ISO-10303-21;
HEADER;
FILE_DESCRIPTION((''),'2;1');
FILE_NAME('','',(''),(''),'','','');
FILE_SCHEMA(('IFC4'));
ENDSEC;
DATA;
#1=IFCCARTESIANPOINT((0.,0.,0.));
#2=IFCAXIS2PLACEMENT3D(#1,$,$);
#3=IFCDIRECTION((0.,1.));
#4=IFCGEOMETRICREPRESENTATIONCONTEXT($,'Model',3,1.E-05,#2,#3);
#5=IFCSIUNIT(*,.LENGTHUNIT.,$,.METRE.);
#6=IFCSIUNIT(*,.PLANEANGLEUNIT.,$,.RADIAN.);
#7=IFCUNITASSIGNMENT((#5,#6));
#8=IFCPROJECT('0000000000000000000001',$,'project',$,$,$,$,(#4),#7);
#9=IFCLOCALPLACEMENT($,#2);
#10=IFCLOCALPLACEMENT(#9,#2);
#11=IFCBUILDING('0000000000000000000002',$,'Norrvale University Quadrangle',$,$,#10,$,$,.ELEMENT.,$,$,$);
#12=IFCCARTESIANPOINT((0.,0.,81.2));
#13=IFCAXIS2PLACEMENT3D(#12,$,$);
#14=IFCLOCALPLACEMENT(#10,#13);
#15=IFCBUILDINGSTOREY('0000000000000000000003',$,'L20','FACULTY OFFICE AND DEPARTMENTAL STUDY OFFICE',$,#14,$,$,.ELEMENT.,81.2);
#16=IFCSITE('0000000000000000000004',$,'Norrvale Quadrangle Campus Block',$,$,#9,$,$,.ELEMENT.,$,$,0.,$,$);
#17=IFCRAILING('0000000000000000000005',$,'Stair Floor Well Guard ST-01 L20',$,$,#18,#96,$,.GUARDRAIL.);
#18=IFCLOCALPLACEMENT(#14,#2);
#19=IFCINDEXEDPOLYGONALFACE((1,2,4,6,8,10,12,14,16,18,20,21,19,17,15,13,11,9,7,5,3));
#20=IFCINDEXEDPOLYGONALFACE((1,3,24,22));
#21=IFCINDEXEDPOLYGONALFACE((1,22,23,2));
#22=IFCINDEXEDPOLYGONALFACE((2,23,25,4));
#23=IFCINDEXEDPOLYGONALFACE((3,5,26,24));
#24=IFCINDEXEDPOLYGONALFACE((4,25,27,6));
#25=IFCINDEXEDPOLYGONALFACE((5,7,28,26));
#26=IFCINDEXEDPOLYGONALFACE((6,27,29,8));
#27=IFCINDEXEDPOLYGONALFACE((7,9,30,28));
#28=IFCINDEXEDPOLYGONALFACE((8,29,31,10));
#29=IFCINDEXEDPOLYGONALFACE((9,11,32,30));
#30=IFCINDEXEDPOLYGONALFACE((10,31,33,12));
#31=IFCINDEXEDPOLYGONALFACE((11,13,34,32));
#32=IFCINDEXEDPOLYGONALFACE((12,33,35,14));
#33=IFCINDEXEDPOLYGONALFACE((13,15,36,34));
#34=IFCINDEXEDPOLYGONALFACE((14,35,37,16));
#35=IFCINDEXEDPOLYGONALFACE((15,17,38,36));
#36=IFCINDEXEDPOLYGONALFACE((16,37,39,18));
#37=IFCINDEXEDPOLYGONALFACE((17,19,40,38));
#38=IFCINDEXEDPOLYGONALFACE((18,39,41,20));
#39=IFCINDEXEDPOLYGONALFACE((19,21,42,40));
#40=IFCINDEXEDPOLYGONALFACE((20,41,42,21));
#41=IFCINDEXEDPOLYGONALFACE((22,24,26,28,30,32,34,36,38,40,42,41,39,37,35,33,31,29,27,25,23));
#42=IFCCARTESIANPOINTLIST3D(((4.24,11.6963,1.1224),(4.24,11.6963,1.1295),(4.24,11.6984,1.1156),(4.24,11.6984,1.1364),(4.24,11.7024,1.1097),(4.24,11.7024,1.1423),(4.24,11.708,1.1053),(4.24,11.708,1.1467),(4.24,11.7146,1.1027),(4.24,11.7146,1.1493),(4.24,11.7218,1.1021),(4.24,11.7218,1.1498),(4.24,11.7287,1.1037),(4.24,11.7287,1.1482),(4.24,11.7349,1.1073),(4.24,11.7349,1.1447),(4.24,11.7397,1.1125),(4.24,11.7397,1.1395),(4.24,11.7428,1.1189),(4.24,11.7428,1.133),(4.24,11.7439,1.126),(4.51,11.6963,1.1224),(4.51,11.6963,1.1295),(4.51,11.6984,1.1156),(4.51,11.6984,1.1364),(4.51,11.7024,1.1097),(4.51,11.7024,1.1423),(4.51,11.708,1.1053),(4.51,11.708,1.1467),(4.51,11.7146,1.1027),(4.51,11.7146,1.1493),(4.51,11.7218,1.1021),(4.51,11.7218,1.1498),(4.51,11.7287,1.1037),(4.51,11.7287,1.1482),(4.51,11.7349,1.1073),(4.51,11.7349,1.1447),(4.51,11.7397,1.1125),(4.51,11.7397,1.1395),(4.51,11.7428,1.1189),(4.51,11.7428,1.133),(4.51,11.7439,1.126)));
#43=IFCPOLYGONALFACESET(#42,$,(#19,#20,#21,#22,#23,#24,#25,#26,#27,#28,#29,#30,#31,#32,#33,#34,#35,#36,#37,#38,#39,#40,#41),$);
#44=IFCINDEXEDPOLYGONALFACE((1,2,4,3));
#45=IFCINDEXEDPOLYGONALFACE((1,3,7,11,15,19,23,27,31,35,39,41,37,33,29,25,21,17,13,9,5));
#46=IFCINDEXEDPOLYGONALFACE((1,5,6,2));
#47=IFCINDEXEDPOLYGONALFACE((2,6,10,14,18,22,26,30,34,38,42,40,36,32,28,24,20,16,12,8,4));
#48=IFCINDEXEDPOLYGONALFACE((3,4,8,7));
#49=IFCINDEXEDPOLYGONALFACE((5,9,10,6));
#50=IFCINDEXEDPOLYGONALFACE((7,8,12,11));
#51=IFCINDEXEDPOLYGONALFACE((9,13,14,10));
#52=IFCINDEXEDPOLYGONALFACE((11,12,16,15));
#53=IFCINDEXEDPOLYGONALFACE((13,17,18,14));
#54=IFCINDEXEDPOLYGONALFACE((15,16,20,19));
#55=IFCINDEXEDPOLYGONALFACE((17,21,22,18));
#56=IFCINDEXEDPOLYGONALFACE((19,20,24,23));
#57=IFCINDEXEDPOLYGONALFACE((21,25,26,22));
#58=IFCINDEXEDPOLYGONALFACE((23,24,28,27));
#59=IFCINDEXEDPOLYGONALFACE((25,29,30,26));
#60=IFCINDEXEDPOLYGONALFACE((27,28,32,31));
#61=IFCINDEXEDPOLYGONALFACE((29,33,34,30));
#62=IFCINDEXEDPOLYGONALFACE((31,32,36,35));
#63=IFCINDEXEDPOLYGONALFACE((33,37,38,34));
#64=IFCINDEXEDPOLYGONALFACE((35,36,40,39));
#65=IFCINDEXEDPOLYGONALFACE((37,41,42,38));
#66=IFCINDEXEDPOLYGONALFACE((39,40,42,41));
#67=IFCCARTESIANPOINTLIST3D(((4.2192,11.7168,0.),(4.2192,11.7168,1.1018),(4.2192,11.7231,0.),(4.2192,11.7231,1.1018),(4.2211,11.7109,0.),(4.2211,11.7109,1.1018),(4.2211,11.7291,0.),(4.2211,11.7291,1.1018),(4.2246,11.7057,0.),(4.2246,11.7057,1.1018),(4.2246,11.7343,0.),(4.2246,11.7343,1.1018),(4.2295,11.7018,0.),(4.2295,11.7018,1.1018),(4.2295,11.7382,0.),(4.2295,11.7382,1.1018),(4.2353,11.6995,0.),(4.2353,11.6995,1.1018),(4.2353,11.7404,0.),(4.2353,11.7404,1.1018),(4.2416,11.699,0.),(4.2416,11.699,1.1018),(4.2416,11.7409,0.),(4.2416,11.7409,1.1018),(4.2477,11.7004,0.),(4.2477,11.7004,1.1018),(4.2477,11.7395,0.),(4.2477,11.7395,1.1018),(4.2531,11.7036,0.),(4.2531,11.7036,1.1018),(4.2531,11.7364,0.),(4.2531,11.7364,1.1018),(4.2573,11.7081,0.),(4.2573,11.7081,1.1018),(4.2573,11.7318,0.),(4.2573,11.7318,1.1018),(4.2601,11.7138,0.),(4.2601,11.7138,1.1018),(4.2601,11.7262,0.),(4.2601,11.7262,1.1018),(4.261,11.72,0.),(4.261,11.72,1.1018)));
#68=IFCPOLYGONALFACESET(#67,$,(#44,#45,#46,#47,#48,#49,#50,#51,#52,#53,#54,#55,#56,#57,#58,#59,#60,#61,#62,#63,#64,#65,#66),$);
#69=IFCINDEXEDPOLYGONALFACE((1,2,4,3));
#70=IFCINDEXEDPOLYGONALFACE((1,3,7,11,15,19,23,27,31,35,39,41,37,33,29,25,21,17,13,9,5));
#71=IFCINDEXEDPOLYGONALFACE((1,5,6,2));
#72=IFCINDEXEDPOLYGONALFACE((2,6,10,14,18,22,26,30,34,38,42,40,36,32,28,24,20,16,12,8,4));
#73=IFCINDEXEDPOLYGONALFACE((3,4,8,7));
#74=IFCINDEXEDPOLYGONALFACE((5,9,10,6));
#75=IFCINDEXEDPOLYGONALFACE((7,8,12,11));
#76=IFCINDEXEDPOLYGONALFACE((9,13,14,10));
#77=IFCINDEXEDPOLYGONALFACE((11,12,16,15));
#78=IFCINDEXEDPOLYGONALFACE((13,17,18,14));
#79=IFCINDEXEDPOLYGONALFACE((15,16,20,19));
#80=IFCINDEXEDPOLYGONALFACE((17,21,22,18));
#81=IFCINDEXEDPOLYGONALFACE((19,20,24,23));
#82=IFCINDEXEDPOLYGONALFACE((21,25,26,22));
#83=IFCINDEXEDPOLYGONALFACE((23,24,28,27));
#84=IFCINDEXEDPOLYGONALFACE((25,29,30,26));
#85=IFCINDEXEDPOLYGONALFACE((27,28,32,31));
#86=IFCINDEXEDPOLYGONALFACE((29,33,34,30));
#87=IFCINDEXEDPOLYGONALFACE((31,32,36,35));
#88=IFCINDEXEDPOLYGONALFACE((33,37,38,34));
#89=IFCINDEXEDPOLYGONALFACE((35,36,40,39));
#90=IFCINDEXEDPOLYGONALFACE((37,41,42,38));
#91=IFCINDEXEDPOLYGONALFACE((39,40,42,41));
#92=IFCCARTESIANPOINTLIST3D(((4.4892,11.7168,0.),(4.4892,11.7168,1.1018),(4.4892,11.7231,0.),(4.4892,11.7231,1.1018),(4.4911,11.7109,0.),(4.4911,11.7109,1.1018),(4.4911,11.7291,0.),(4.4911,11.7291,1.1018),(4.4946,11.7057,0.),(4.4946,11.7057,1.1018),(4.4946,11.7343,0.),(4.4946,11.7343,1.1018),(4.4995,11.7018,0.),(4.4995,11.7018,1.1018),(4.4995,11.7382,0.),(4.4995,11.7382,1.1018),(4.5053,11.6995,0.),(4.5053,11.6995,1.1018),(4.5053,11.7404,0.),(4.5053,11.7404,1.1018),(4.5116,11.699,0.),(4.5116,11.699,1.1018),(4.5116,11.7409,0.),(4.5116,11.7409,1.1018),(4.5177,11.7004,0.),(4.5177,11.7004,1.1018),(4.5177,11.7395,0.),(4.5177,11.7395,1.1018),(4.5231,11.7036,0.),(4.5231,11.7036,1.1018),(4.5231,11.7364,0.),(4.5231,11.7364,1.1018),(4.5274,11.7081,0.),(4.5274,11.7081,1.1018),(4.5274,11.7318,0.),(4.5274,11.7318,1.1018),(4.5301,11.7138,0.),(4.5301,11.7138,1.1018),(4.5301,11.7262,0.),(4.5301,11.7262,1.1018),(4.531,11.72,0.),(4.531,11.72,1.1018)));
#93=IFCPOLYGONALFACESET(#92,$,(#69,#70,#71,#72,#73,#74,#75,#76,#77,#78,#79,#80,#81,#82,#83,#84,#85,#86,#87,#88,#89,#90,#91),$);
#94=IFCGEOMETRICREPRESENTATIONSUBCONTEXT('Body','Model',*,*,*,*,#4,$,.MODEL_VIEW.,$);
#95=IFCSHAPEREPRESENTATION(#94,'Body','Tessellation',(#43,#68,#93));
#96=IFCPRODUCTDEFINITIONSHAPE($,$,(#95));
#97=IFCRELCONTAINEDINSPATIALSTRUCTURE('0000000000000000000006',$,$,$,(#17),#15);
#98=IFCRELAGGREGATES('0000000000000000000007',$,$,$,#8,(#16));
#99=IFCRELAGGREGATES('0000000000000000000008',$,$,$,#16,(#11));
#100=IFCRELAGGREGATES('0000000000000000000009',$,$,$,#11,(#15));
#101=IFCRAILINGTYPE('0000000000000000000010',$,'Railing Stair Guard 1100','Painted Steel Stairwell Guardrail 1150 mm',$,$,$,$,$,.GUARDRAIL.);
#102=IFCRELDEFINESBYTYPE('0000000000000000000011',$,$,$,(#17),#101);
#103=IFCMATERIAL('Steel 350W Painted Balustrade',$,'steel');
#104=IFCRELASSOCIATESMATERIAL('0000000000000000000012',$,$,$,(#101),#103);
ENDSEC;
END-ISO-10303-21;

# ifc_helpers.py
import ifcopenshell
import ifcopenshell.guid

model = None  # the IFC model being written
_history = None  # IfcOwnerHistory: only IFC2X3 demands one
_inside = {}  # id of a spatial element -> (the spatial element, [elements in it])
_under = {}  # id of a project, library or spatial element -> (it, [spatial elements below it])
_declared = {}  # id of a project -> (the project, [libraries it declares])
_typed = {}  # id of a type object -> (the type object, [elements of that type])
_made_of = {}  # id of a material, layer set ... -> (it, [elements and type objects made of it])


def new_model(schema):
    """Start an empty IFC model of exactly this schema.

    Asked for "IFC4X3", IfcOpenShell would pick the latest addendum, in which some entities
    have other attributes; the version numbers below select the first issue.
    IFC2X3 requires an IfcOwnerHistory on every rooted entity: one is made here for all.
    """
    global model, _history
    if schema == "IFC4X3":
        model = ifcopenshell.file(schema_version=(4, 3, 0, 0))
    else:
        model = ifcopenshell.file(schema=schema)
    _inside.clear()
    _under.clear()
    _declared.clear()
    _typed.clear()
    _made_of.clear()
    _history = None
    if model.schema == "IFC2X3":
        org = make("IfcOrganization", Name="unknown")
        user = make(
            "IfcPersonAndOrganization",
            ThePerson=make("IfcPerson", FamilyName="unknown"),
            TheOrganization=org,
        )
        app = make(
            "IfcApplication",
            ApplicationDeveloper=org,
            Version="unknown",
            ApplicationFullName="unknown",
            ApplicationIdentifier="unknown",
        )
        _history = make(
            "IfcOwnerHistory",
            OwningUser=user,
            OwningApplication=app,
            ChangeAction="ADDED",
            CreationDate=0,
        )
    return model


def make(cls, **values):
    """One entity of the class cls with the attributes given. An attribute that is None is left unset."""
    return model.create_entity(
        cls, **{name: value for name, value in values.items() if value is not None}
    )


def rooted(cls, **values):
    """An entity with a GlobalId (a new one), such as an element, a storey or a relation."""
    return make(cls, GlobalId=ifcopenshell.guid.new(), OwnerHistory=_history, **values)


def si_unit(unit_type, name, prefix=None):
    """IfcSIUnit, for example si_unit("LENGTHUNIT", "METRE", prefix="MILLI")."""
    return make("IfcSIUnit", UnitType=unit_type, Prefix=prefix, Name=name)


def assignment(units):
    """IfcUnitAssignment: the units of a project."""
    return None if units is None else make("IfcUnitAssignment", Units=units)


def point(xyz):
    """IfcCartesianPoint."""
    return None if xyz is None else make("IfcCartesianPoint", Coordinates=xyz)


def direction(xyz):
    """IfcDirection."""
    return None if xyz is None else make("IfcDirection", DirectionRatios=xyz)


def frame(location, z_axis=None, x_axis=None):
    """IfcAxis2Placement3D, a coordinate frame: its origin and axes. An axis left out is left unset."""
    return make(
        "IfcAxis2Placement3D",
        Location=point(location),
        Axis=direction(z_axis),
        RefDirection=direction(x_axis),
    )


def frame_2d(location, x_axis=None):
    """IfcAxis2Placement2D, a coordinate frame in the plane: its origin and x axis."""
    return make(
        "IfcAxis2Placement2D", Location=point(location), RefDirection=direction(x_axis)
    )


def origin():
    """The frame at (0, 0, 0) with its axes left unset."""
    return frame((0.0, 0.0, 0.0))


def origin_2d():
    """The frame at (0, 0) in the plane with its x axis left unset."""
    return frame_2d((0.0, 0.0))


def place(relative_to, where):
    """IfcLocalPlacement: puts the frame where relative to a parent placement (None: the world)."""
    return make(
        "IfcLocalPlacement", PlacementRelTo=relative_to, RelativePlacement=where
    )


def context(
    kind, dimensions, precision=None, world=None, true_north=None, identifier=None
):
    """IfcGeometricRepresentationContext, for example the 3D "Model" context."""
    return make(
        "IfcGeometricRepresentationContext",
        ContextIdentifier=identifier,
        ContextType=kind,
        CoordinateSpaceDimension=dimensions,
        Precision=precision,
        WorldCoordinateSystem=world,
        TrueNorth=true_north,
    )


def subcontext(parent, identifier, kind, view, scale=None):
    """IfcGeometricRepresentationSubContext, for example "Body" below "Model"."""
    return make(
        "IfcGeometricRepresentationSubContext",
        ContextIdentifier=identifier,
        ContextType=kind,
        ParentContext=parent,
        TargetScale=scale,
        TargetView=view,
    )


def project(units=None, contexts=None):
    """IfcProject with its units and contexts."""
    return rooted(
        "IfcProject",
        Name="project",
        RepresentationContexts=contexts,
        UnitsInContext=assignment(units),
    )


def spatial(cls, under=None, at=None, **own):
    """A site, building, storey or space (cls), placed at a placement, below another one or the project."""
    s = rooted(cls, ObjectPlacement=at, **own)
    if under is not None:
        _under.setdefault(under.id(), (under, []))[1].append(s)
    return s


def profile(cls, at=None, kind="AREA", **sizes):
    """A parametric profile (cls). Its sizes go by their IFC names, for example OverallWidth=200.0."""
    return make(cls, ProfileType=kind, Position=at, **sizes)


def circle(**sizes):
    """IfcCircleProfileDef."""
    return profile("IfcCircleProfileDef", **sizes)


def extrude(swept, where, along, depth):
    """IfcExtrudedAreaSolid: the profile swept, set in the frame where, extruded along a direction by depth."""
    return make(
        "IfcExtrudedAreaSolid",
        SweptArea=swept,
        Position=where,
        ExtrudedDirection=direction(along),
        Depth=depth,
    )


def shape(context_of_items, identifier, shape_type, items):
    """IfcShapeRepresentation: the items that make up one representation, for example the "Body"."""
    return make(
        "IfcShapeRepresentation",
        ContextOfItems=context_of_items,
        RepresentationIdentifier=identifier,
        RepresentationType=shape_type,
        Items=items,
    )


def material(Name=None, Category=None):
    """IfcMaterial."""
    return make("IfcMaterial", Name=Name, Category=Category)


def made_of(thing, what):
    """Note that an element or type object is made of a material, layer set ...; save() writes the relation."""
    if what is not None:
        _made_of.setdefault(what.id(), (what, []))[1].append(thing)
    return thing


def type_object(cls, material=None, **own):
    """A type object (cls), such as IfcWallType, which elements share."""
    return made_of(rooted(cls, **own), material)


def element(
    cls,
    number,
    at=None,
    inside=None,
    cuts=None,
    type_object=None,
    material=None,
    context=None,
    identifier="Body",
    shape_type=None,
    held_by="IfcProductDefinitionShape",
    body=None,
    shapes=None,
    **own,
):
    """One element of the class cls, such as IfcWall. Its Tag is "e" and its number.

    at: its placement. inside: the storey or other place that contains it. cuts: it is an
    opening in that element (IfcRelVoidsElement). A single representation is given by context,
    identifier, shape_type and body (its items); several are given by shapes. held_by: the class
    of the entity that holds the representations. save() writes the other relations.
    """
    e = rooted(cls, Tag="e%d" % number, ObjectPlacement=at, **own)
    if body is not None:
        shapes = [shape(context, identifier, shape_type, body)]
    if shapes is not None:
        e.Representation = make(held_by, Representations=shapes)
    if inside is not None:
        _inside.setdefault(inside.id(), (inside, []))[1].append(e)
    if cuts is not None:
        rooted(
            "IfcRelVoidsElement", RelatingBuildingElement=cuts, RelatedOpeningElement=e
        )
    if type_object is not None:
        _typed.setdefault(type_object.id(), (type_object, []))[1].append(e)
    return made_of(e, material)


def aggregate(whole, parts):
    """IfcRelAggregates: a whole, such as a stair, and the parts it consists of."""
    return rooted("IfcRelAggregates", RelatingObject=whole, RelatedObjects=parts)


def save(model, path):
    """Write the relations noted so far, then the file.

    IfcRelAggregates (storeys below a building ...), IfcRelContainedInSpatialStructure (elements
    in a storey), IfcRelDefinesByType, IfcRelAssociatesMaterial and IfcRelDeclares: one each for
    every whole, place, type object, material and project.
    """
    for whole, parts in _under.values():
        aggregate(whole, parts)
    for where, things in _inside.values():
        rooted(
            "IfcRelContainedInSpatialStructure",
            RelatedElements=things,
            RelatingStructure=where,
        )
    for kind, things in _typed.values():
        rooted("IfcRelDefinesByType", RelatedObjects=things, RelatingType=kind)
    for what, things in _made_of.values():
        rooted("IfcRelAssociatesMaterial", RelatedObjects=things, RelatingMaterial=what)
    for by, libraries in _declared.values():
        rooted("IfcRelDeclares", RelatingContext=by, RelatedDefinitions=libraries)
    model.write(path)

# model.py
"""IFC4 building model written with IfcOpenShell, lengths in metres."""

from ifc_helpers import new_model, si_unit, direction, frame, origin, origin_2d, place, context, subcontext, project, spatial, circle, extrude, material, type_object, element, save


model = new_model("IFC4")

# Units and contexts
model_context = context("Model", 3, precision=1e-05, world=origin(), true_north=direction((0.0, 1.0)))
body_context = subcontext(model_context, "Body", "Model", "MODEL_VIEW")
ifc_project = project(units=[si_unit("LENGTHUNIT", "METRE"), si_unit("PLANEANGLEUNIT", "RADIAN")], contexts=[model_context])

# Site, building, storey
site_placement = place(None, origin())
site = spatial("IfcSite", under=ifc_project, at=site_placement, Name="Norrvale Quadrangle Campus Block", CompositionType="ELEMENT", RefElevation=0.0)
building_placement = place(site_placement, origin())
building = spatial("IfcBuilding", under=site, at=building_placement, Name="Norrvale University Quadrangle", CompositionType="ELEMENT")
storey_placement = place(building_placement, frame((0.0, 0.0, 81.2)))
storey = spatial("IfcBuildingStorey", under=building, at=storey_placement, Name="L20", Description="FACULTY OFFICE AND DEPARTMENTAL STUDY OFFICE", CompositionType="ELEMENT", Elevation=81.2)

# Railing
ifc_material_1 = material(Name="Steel 350W Painted Balustrade", Category="steel")
railing_type = type_object("IfcRailingType", Name="Railing Stair Guard 1100", Description="Painted Steel Stairwell Guardrail 1150 mm", PredefinedType="GUARDRAIL", material=ifc_material_1)
railing_placement = place(storey_placement, frame((4.24, 11.72, 0.0)))
element("IfcRailing", 1, at=railing_placement, inside=storey, type_object=railing_type, Name="Stair Floor Well Guard ST-01 L20", PredefinedType="GUARDRAIL", context=body_context, shape_type="SweptSolid", body=[
    extrude(circle(Radius=0.0239, at=origin_2d()), frame((0.0, 0.0, 1.126), z_axis=(1.0, 0.0, 0.0), x_axis=(0.0, 1.0, 0.0)), (0.0, 0.0, 1.0), 0.27),
    extrude(circle(Radius=0.021, at=origin_2d()), origin(), (0.0, 0.0, 1.0), 1.1018),
    extrude(circle(Radius=0.021, at=origin_2d()), frame((0.27, 0.0, 0.0)), (0.0, 0.0, 1.0), 1.1018),
])

save(model, "model.ifc")
